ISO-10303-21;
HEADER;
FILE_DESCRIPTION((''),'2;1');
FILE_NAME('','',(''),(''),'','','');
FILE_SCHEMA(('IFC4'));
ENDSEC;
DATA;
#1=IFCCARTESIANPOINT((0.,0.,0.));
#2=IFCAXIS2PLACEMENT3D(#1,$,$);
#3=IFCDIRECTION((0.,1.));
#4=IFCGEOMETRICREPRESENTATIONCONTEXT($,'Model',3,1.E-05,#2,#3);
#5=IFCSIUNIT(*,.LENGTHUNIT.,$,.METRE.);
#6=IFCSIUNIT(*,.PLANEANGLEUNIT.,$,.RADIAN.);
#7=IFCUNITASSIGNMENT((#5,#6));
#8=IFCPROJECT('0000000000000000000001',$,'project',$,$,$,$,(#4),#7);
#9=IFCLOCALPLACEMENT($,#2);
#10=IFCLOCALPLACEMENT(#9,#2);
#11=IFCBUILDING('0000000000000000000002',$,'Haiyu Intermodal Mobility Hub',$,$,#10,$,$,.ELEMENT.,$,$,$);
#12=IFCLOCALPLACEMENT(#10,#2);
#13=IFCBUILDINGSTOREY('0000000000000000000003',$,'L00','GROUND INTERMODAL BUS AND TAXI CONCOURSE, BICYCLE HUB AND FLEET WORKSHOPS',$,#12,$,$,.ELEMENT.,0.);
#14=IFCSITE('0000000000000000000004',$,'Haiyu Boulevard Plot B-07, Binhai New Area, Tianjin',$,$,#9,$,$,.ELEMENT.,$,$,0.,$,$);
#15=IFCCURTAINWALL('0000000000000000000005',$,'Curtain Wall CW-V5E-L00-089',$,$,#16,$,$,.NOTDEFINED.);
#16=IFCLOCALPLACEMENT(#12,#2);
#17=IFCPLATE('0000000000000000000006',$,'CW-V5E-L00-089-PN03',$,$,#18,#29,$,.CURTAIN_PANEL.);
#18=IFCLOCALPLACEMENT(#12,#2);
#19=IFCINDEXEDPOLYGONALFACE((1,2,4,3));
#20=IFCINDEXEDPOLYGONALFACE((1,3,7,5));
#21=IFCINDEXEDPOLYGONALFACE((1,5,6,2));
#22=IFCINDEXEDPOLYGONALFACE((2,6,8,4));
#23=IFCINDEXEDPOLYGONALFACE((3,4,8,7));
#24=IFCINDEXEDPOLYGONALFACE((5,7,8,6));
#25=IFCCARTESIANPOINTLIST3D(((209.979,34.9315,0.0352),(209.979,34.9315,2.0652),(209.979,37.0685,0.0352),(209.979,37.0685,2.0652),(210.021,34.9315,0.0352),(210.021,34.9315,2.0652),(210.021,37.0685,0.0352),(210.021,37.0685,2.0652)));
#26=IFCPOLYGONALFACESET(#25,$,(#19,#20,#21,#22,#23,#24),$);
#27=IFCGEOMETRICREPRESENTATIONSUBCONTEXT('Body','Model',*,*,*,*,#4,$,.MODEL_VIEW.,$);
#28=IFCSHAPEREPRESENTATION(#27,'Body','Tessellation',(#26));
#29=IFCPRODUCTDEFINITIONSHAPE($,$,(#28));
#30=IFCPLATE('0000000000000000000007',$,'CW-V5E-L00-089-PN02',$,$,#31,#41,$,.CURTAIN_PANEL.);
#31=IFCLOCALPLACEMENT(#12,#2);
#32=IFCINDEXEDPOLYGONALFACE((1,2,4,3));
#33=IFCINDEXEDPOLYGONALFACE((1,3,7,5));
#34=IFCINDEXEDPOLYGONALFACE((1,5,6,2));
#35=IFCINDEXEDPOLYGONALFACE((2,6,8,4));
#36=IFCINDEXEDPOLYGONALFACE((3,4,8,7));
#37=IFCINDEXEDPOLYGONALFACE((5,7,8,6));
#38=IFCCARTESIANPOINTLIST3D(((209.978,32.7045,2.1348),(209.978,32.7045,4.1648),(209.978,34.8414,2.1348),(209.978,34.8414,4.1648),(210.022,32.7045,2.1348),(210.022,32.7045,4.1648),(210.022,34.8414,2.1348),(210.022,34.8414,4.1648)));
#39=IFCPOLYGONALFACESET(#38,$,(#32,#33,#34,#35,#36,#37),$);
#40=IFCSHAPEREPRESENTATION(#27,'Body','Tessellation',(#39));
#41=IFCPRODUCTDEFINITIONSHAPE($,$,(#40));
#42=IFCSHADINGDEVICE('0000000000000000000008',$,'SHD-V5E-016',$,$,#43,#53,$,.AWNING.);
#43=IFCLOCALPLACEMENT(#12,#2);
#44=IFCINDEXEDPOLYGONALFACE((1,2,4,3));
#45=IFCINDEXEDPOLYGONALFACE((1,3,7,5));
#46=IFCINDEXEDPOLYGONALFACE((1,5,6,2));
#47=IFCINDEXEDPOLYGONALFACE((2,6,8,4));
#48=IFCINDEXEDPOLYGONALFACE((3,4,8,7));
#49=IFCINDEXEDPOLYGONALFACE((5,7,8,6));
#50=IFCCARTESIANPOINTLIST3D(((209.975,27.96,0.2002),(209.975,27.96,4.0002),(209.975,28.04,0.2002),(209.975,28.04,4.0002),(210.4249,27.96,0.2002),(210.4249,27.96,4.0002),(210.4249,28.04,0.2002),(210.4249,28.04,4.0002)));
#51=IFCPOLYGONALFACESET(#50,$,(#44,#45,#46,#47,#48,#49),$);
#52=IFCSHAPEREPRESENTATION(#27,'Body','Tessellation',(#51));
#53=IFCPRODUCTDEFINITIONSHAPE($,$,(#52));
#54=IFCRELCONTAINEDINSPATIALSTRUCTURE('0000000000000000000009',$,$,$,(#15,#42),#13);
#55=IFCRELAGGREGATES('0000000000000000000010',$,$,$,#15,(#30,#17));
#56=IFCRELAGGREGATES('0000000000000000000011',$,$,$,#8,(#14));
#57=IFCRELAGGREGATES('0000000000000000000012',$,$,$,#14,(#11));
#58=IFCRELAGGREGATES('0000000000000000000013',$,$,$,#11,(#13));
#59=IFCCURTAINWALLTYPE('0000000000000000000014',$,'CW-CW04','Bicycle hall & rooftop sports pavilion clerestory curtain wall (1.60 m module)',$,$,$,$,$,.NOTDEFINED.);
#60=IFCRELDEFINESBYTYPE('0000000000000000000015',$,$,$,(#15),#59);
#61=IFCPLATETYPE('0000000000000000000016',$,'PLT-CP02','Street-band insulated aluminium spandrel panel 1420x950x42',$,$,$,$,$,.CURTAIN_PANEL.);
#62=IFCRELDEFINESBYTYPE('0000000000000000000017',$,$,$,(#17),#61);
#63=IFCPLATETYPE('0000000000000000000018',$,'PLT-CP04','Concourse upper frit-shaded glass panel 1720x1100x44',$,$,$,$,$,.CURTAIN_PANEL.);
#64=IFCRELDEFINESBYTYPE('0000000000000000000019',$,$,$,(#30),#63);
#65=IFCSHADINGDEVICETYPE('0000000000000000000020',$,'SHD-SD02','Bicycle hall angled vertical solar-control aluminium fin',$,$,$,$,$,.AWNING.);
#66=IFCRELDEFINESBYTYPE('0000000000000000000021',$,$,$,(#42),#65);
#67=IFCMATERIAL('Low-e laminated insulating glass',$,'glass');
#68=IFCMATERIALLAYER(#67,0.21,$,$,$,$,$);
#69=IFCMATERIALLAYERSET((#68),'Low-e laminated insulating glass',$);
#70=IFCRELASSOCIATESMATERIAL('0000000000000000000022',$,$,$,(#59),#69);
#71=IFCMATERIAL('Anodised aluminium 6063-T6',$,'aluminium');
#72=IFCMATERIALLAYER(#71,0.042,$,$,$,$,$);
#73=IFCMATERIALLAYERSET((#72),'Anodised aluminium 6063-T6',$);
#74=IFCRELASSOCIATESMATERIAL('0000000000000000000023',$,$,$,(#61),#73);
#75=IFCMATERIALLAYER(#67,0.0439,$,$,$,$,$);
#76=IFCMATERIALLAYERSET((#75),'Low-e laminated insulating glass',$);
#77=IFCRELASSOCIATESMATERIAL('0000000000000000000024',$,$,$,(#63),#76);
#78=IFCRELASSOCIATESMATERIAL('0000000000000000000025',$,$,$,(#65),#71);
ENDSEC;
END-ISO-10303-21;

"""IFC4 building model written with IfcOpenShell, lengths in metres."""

from ifc_helpers import new_model, si_unit, direction, frame, origin, origin_2d, place, context, subcontext, project, spatial, rectangle, extrude, material, layer, layer_set, material_profile, profile_set, type_object, element, aggregate, save


model = new_model("IFC4")

# Units and contexts
model_context = context("Model", 3, precision=1e-05, world=origin(), true_north=direction((0.0, 1.0)))
body_context = subcontext(model_context, "Body", "Model", "MODEL_VIEW")
ifc_project = project(units=[si_unit("LENGTHUNIT", "METRE"), si_unit("PLANEANGLEUNIT", "RADIAN")], contexts=[model_context])

# Site, building, storey
site_placement = place(None, origin())
site = spatial("IfcSite", under=ifc_project, at=site_placement, Name="Haiyu Boulevard Plot B-07, Binhai New Area, Tianjin", CompositionType="ELEMENT", RefElevation=0.0)
building_placement = place(site_placement, origin())
building = spatial("IfcBuilding", under=site, at=building_placement, Name="Haiyu Intermodal Mobility Hub", CompositionType="ELEMENT")
storey_placement = place(building_placement, origin())
storey = spatial("IfcBuildingStorey", under=building, at=storey_placement, Name="L00", Description="GROUND INTERMODAL BUS AND TAXI CONCOURSE, BICYCLE HUB AND FLEET WORKSHOPS", CompositionType="ELEMENT", Elevation=0.0)

# Curtain wall, plates
ifc_material_1 = material(Name="Low-e laminated insulating glass", Category="glass")
ifc_layer_1 = layer(ifc_material_1, 0.21)
ifc_layer_set_1 = layer_set([ifc_layer_1], Name="Low-e laminated insulating glass")
curtain_wall_type = type_object("IfcCurtainWallType", Name="CW-CW04", Description="Bicycle hall & rooftop sports pavilion clerestory curtain wall (1.60 m module)", PredefinedType="NOTDEFINED", material=ifc_layer_set_1)
curtain_wall_placement = place(storey_placement, origin())
curtain_wall = element("IfcCurtainWall", 1, at=curtain_wall_placement, inside=storey, type_object=curtain_wall_type, Name="Curtain Wall CW-V5E-L00-089", PredefinedType="NOTDEFINED")
ifc_material_2 = material(Name="Anodised aluminium 6063-T6", Category="aluminium")
ifc_layer_2 = layer(ifc_material_2, 0.042)
ifc_layer_set_2 = layer_set([ifc_layer_2], Name="Anodised aluminium 6063-T6")
plate_type_1 = type_object("IfcPlateType", Name="PLT-CP02", Description="Street-band insulated aluminium spandrel panel 1420x950x42", PredefinedType="CURTAIN_PANEL", material=ifc_layer_set_2)
plate_1_placement = place(storey_placement, frame((210.0, 36.0, 0.0352), z_axis=(0.0, 0.0, 1.0), x_axis=(0.0, 1.0, 0.0)))
plate_1 = element("IfcPlate", 2, at=plate_1_placement, type_object=plate_type_1, Name="CW-V5E-L00-089-PN03", PredefinedType="CURTAIN_PANEL", context=body_context, shape_type="SweptSolid", body=[
    extrude(rectangle(XDim=2.137, YDim=0.042, at=origin_2d()), origin(), (0.0, 0.0, 1.0), 2.03),
])
ifc_layer_3 = layer(ifc_material_1, 0.0439)
ifc_layer_set_3 = layer_set([ifc_layer_3], Name="Low-e laminated insulating glass")
plate_type_2 = type_object("IfcPlateType", Name="PLT-CP04", Description="Concourse upper frit-shaded glass panel 1720x1100x44", PredefinedType="CURTAIN_PANEL", material=ifc_layer_set_3)
plate_2_placement = place(storey_placement, frame((210.0, 33.7729, 2.1348), z_axis=(0.0, 0.0, 1.0), x_axis=(0.0, 1.0, 0.0)))
plate_2 = element("IfcPlate", 3, at=plate_2_placement, type_object=plate_type_2, Name="CW-V5E-L00-089-PN02", PredefinedType="CURTAIN_PANEL", context=body_context, shape_type="SweptSolid", body=[
    extrude(rectangle(XDim=2.137, YDim=0.0439, at=origin_2d()), origin(), (0.0, 0.0, 1.0), 2.03),
])
aggregate(curtain_wall, [plate_2, plate_1])

# Shading device
ifc_material_profile_1 = material_profile(ifc_material_2, rectangle(XDim=0.0701, YDim=0.55, at=origin_2d()), Name="FIN70x550")
ifc_profile_set_1 = profile_set([ifc_material_profile_1], Name="Anodised aluminium 6063-T6")
shading_device_type = type_object("IfcShadingDeviceType", Name="SHD-SD02", Description="Bicycle hall angled vertical solar-control aluminium fin", PredefinedType="AWNING", material=ifc_profile_set_1)
shading_device_placement = place(storey_placement, frame((210.2, 28.0, 0.2002), z_axis=(0.0, 0.0, 1.0), x_axis=(1.0, 0.0, 0.0)))
element("IfcShadingDevice", 4, at=shading_device_placement, inside=storey, type_object=shading_device_type, Name="SHD-V5E-016", PredefinedType="AWNING", context=body_context, shape_type="SweptSolid", body=[
    extrude(rectangle(XDim=0.45, YDim=0.0801, at=origin_2d()), origin(), (0.0, 0.0, 1.0), 3.8),
])

save(model, "model.ifc")
